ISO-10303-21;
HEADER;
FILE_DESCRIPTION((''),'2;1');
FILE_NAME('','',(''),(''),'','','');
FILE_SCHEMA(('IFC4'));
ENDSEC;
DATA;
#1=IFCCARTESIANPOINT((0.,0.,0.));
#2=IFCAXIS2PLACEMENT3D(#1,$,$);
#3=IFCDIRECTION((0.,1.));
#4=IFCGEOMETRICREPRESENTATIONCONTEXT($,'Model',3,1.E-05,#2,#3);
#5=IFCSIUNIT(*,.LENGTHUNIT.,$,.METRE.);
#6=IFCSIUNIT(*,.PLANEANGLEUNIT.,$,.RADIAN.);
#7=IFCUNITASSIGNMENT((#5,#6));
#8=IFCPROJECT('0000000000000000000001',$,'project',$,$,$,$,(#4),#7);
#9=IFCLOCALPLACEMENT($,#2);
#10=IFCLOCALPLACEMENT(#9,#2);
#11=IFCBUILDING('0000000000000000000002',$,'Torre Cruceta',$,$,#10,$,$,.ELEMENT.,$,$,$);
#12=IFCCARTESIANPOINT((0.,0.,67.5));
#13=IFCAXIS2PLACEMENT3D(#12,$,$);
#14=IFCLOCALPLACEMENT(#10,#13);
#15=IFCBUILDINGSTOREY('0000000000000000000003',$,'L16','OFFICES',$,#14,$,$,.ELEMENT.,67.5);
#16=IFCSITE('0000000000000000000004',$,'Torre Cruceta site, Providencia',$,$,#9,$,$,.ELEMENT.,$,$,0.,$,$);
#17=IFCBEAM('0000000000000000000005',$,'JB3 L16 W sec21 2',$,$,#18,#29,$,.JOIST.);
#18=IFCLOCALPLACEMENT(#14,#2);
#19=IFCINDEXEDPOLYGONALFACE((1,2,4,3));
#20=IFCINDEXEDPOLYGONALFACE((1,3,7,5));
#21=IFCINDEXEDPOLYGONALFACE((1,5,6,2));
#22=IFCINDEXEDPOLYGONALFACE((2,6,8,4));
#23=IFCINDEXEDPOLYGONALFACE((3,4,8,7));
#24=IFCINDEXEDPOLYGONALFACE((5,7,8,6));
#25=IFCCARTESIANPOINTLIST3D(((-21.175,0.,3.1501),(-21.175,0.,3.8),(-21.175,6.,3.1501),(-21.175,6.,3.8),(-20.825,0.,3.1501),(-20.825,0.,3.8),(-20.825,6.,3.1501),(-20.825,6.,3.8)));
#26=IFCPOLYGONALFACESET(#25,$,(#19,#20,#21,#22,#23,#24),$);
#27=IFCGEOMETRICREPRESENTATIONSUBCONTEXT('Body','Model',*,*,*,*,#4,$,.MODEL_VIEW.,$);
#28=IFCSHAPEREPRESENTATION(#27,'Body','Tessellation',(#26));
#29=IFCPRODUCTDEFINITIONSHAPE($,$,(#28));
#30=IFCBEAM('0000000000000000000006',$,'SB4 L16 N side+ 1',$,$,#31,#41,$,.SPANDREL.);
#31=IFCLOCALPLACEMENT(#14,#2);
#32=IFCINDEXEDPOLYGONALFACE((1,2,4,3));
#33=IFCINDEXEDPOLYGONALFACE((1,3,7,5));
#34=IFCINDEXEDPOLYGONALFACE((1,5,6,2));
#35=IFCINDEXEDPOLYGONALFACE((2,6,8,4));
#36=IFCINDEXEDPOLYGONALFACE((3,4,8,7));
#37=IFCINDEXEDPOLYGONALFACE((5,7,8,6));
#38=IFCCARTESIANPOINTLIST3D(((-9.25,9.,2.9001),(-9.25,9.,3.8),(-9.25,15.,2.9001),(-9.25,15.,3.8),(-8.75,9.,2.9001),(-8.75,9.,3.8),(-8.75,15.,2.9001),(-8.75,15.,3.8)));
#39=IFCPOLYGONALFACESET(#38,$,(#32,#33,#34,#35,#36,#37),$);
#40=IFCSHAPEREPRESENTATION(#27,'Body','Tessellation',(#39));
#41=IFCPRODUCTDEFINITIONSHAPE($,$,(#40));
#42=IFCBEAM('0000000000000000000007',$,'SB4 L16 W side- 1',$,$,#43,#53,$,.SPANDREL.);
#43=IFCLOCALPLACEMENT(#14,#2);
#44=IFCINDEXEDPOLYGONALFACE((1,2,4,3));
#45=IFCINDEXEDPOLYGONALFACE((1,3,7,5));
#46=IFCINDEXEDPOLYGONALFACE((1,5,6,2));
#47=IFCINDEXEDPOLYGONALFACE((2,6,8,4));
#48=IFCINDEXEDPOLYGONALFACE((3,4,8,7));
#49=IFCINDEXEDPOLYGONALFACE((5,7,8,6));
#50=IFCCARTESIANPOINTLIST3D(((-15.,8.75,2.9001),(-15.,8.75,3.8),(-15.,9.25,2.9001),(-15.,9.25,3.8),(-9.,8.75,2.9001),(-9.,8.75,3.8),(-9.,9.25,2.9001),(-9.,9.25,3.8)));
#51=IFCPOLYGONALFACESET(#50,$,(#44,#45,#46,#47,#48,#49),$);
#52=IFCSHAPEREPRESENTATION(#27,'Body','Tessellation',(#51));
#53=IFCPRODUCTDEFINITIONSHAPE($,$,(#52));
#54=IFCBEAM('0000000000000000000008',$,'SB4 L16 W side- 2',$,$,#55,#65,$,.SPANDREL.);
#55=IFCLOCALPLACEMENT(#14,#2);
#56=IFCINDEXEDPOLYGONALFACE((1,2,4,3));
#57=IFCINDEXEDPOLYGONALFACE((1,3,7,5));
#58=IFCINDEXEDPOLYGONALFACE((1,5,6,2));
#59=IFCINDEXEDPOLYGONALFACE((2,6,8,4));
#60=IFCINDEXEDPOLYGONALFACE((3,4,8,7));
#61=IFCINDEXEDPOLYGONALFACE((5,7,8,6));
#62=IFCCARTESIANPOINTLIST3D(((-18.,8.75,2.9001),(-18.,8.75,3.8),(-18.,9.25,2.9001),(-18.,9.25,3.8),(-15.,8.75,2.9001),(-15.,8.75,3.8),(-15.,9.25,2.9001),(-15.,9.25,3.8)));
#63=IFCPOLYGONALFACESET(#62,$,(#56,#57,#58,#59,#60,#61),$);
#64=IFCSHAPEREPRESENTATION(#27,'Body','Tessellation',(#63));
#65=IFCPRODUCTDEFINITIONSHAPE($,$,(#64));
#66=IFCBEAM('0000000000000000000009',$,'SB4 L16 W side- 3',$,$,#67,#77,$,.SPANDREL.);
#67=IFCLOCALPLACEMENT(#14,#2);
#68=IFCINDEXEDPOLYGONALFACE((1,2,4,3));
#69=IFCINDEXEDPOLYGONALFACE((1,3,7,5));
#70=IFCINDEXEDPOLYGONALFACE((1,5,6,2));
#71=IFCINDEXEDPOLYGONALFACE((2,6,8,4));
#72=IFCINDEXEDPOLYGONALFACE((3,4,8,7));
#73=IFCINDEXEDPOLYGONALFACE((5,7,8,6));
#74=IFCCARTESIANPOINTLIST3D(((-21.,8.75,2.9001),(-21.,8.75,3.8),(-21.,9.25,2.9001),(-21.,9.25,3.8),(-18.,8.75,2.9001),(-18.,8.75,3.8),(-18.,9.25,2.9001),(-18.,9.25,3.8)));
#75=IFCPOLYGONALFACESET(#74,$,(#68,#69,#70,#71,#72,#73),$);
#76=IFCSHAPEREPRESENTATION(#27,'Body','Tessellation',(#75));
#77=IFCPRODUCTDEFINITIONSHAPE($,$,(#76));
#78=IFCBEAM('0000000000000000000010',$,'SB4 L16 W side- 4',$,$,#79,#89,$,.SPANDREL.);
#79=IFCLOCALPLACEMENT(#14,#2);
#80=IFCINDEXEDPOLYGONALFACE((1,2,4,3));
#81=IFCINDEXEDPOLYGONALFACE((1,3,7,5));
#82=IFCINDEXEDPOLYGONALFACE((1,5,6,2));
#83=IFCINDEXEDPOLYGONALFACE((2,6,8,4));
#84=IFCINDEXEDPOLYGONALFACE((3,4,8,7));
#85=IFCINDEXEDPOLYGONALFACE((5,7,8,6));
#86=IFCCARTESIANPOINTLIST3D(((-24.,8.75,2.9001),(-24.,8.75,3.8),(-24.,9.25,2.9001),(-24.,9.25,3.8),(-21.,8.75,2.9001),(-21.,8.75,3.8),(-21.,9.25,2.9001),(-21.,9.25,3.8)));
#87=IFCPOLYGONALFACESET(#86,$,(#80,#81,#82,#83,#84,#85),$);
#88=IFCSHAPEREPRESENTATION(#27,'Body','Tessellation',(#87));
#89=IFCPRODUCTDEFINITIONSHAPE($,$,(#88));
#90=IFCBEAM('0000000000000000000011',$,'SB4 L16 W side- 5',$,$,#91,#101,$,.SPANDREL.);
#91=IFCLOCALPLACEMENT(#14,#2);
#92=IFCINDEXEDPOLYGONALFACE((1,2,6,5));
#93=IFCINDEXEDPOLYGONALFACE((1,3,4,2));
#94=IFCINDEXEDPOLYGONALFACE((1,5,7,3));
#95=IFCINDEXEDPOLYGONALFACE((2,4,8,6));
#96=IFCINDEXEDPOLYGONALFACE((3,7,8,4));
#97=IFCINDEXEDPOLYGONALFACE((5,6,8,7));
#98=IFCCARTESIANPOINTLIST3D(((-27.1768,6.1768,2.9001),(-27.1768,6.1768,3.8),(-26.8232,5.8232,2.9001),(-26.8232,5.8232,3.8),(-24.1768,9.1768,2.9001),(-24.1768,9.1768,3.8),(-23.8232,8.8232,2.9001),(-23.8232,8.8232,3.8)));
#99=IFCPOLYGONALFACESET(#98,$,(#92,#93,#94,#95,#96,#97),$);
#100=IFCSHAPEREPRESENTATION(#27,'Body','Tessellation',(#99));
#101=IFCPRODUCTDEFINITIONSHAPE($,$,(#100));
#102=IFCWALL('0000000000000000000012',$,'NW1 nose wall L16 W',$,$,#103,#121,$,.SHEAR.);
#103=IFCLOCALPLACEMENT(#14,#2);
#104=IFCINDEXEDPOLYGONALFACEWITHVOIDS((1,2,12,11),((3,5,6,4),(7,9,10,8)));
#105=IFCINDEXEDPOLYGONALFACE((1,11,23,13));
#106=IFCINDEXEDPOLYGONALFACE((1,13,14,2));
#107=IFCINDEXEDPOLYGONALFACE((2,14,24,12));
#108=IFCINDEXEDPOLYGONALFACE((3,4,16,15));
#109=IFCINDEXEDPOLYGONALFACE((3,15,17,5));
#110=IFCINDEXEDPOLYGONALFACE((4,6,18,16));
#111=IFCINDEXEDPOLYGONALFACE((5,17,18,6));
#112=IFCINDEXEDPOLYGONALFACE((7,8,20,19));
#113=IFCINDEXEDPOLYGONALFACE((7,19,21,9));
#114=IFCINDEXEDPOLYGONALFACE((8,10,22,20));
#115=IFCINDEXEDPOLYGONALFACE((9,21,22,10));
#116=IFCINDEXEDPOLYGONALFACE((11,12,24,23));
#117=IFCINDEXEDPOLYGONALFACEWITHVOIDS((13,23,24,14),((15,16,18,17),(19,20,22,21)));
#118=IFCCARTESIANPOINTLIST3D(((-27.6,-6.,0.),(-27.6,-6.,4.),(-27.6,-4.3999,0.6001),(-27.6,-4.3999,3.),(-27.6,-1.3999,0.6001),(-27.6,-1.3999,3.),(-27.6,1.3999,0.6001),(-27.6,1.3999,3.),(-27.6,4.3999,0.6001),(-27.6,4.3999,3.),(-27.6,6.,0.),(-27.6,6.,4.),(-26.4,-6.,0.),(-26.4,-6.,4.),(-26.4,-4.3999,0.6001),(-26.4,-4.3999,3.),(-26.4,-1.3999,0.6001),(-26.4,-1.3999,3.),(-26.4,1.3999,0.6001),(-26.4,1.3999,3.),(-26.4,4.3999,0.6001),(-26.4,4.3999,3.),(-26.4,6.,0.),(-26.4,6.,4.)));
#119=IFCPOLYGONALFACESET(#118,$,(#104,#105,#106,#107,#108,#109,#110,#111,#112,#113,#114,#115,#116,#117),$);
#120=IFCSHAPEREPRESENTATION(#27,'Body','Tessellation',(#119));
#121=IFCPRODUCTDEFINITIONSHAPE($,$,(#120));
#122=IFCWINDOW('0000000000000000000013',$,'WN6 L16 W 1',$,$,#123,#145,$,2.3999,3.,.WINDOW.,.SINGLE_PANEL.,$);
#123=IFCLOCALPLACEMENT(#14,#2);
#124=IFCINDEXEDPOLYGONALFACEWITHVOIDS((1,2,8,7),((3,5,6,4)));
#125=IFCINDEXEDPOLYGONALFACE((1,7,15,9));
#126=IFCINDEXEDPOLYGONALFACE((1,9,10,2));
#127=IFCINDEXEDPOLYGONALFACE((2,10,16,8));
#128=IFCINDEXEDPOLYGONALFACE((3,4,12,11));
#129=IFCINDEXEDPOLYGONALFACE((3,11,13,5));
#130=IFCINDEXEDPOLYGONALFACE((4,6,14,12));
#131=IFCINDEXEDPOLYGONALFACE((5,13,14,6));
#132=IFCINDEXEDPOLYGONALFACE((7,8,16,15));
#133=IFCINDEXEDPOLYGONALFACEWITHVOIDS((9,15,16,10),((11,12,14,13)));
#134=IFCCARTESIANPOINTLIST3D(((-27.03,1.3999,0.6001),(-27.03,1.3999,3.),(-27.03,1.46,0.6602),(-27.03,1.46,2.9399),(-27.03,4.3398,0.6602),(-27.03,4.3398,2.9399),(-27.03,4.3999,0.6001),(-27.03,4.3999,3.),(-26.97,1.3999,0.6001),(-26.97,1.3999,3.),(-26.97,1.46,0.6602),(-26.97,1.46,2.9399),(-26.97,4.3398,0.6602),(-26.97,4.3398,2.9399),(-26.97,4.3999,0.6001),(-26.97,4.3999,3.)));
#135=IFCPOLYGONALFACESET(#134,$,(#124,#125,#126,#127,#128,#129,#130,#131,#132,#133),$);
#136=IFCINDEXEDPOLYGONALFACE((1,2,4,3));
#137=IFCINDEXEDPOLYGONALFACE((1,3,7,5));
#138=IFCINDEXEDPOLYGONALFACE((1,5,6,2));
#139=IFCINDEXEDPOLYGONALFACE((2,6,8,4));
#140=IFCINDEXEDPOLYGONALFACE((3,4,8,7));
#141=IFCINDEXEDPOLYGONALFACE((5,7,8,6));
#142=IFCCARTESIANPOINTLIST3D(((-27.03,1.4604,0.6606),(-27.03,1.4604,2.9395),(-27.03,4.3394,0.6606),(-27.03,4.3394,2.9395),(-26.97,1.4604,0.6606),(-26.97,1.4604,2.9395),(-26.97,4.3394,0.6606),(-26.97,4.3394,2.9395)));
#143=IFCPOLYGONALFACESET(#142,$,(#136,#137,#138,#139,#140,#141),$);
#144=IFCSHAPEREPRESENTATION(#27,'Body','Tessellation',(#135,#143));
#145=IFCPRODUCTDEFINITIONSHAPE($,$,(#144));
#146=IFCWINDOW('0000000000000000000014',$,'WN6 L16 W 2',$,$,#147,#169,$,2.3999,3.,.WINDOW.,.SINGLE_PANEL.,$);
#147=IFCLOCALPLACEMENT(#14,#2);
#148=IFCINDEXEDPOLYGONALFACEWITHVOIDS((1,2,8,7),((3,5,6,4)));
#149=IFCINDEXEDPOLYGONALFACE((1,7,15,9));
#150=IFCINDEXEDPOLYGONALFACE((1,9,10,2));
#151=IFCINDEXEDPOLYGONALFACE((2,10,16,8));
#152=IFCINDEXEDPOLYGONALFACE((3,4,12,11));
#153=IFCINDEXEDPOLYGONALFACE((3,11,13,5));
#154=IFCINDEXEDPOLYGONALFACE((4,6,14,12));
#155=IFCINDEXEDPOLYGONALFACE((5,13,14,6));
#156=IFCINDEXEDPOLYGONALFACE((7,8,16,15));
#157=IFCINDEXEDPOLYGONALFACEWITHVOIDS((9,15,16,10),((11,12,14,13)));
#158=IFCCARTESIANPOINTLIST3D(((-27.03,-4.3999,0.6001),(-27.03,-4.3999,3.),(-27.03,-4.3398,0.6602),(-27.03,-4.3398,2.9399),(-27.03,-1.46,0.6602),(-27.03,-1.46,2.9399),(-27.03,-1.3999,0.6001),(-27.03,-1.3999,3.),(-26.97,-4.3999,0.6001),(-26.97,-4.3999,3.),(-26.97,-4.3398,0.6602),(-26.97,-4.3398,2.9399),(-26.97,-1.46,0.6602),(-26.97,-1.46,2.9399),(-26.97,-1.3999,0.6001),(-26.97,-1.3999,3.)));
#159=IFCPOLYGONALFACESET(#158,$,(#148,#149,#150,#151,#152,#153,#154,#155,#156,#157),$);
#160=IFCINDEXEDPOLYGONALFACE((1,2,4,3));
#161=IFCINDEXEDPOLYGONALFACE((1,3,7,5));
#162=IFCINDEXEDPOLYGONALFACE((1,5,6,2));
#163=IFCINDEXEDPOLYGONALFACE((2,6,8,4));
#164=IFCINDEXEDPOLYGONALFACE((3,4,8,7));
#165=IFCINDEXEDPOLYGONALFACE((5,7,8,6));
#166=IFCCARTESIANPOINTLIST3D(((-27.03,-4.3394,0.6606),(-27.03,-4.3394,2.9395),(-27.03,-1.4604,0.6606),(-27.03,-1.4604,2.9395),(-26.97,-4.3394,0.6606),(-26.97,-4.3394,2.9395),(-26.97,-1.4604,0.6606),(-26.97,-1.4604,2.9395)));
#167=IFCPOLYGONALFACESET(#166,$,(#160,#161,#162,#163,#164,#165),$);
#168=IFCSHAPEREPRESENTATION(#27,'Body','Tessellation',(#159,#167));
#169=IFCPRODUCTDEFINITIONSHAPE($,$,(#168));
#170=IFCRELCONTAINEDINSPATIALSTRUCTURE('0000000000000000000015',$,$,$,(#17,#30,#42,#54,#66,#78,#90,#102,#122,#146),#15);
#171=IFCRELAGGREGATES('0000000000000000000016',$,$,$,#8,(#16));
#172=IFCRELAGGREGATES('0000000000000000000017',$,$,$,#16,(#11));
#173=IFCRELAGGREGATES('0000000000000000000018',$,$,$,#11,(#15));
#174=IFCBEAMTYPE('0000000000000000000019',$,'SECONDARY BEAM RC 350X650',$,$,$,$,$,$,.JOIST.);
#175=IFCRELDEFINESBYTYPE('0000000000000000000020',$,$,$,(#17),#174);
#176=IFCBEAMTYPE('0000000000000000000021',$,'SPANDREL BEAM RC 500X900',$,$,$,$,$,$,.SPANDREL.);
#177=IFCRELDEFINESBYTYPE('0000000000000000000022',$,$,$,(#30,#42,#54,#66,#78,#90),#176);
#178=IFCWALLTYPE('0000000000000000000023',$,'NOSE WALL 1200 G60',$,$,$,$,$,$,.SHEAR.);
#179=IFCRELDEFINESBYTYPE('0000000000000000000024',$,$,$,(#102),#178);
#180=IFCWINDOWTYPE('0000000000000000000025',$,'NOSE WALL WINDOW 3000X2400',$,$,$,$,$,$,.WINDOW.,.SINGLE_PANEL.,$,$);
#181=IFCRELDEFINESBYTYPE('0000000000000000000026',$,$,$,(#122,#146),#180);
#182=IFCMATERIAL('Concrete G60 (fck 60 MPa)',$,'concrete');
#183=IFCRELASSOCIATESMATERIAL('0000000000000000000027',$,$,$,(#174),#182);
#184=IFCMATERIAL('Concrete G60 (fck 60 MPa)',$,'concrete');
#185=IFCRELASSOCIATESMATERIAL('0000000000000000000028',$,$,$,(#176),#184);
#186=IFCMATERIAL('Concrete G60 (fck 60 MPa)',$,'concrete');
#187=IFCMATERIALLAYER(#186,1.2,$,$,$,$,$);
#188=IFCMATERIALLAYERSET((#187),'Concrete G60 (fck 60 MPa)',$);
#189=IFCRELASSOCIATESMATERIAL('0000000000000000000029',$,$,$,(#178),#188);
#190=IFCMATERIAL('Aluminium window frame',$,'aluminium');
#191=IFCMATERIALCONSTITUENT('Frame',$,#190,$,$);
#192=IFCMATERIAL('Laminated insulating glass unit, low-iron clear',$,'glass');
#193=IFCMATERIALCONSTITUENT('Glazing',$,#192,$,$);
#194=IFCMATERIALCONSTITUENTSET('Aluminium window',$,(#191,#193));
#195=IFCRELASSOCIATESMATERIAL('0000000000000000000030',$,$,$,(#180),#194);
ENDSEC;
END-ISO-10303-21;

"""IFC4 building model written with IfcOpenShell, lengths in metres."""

from ifc_helpers import new_model, si_unit, direction, frame, frame_2d, origin, origin_2d, place, context, subcontext, project, spatial, rectangle, hollow_rectangle, extrude, material, layer, layer_set, constituent, constituent_set, material_profile, profile_set, type_object, element, fill, save


model = new_model("IFC4")

# Units and contexts
model_context = context("Model", 3, precision=1e-05, world=origin(), true_north=direction((0.0, 1.0)))
body_context = subcontext(model_context, "Body", "Model", "MODEL_VIEW")
ifc_project = project(units=[si_unit("LENGTHUNIT", "METRE"), si_unit("PLANEANGLEUNIT", "RADIAN")], contexts=[model_context])

# Site, building, storey
site_placement = place(None, origin())
site = spatial("IfcSite", under=ifc_project, at=site_placement, Name="Torre Cruceta site, Providencia", CompositionType="ELEMENT", RefElevation=0.0)
building_placement = place(site_placement, origin())
building = spatial("IfcBuilding", under=site, at=building_placement, Name="Torre Cruceta", CompositionType="ELEMENT")
storey_placement = place(building_placement, frame((0.0, 0.0, 67.5)))
storey = spatial("IfcBuildingStorey", under=building, at=storey_placement, Name="L16", Description="OFFICES", CompositionType="ELEMENT", Elevation=67.5)

# Beams
ifc_material_1 = material(Name="Concrete G60 (fck 60 MPa)", Category="concrete")
ifc_material_profile_1 = material_profile(ifc_material_1, rectangle(XDim=0.3501, YDim=0.6499, at=origin_2d()), Name="RC 350X650")
ifc_profile_set_1 = profile_set([ifc_material_profile_1], Name="Concrete G60 (fck 60 MPa)")
beam_type_1 = type_object("IfcBeamType", Name="SECONDARY BEAM RC 350X650", PredefinedType="JOIST", material=ifc_profile_set_1)
beam_1_placement = place(storey_placement, frame((-21.0, 6.0, 3.4751), z_axis=(0.0, -1.0, 0.0), x_axis=(1.0, 0.0, 0.0)))
element("IfcBeam", 1, at=beam_1_placement, inside=storey, type_object=beam_type_1, Name="JB3 L16 W sec21 2", PredefinedType="JOIST", context=body_context, shape_type="SweptSolid", body=[
    extrude(rectangle(XDim=0.3501, YDim=0.6499, at=origin_2d()), origin(), (0.0, 0.0, 1.0), 6.0),
])
ifc_material_2 = material(Name="Concrete G60 (fck 60 MPa)", Category="concrete")
ifc_material_profile_2 = material_profile(ifc_material_2, rectangle(XDim=0.5, YDim=0.8999, at=origin_2d()), Name="RC 500X900")
ifc_profile_set_2 = profile_set([ifc_material_profile_2], Name="Concrete G60 (fck 60 MPa)")
beam_type_2 = type_object("IfcBeamType", Name="SPANDREL BEAM RC 500X900", PredefinedType="SPANDREL", material=ifc_profile_set_2)
for number, where, z_axis, x_axis, name in (
    (2, (-9.0, 9.0, 3.3501), (0.0, 1.0, 0.0), (-1.0, 0.0, 0.0), "SB4 L16 N side+ 1"),
    (3, (-9.0, 9.0, 3.3501), (-1.0, 0.0, 0.0), (0.0, -1.0, 0.0), "SB4 L16 W side- 1"),
):
    element("IfcBeam", number, at=place(storey_placement, frame(where, z_axis=z_axis, x_axis=x_axis)), inside=storey, type_object=beam_type_2, Name=name, PredefinedType="SPANDREL", context=body_context, shape_type="SweptSolid", body=[
        extrude(rectangle(XDim=0.5, YDim=0.8999, at=origin_2d()), origin(), (0.0, 0.0, 1.0), 6.0),
    ])
for number, where, z_axis, x_axis, name in (
    (4, (-15.0, 9.0, 3.3501), (-1.0, 0.0, 0.0), (0.0, -1.0, 0.0), "SB4 L16 W side- 2"),
    (5, (-18.0, 9.0, 3.3501), (-1.0, 0.0, 0.0), (0.0, -1.0, 0.0), "SB4 L16 W side- 3"),
    (6, (-21.0, 9.0, 3.3501), (-1.0, 0.0, 0.0), (0.0, -1.0, 0.0), "SB4 L16 W side- 4"),
):
    element("IfcBeam", number, at=place(storey_placement, frame(where, z_axis=z_axis, x_axis=x_axis)), inside=storey, type_object=beam_type_2, Name=name, PredefinedType="SPANDREL", context=body_context, shape_type="SweptSolid", body=[
        extrude(rectangle(XDim=0.5, YDim=0.8999, at=origin_2d()), origin(), (0.0, 0.0, 1.0), 3.0),
    ])
beam_2_placement = place(storey_placement, frame((-24.0, 9.0, 3.3501), z_axis=(-0.707107, -0.707107, 0.0), x_axis=(0.707107, -0.707107, 0.0)))
element("IfcBeam", 7, at=beam_2_placement, inside=storey, type_object=beam_type_2, Name="SB4 L16 W side- 5", PredefinedType="SPANDREL", context=body_context, shape_type="SweptSolid", body=[
    extrude(rectangle(XDim=0.5, YDim=0.8999, at=origin_2d()), origin(), (0.0, 0.0, 1.0), 4.2427),
])

# Wall, openings, windows
ifc_material_3 = material(Name="Concrete G60 (fck 60 MPa)", Category="concrete")
ifc_layer_1 = layer(ifc_material_3, 1.2)
ifc_layer_set_1 = layer_set([ifc_layer_1], Name="Concrete G60 (fck 60 MPa)")
wall_type_1 = type_object("IfcWallType", Name="NOSE WALL 1200 G60", PredefinedType="SHEAR", material=ifc_layer_set_1)
wall_1_placement = place(storey_placement, frame((-27.0, 6.0, 0.0), z_axis=(0.0, 0.0, 1.0), x_axis=(0.0, -1.0, 0.0)))
wall_1 = element("IfcWall", 8, at=wall_1_placement, inside=storey, type_object=wall_type_1, Name="NW1 nose wall L16 W", PredefinedType="SHEAR", context=body_context, shape_type="SweptSolid", body=[
    extrude(rectangle(XDim=12.0, YDim=1.2, at=frame_2d((6.0, 0.0))), origin(), (0.0, 0.0, 1.0), 4.0),
])
opening_1_placement = place(wall_1_placement, frame((1.6001, 0.0, 0.6001)))
opening_1 = element("IfcOpeningElement", 9, at=opening_1_placement, cuts=wall_1, PredefinedType="OPENING", context=body_context, shape_type="SweptSolid", body=[
    extrude(rectangle(XDim=3.0, YDim=2.3999, at=frame_2d((1.5, 1.2))), frame((0.0, 0.6099, 0.0), z_axis=(0.0, -1.0, 0.0), x_axis=(1.0, 0.0, 0.0)), (0.0, 0.0, 1.0), 1.22),
])
opening_2_placement = place(wall_1_placement, frame((7.3999, 0.0, 0.6001)))
opening_2 = element("IfcOpeningElement", 10, at=opening_2_placement, cuts=wall_1, PredefinedType="OPENING", context=body_context, shape_type="SweptSolid", body=[
    extrude(rectangle(XDim=3.0, YDim=2.3999, at=frame_2d((1.5, 1.2))), frame((0.0, 0.6099, 0.0), z_axis=(0.0, -1.0, 0.0), x_axis=(1.0, 0.0, 0.0)), (0.0, 0.0, 1.0), 1.22),
])
ifc_material_4 = material(Name="Aluminium window frame", Category="aluminium")
ifc_constituent_1 = constituent(ifc_material_4, Name="Frame")
ifc_material_5 = material(Name="Laminated insulating glass unit, low-iron clear", Category="glass")
ifc_constituent_2 = constituent(ifc_material_5, Name="Glazing")
ifc_constituent_set_1 = constituent_set(constituents=[ifc_constituent_1, ifc_constituent_2], Name="Aluminium window")
window_type = type_object("IfcWindowType", Name="NOSE WALL WINDOW 3000X2400", PartitioningType="SINGLE_PANEL", PredefinedType="WINDOW", material=ifc_constituent_set_1)
window_1_placement = place(opening_1_placement, origin())
window_1 = element("IfcWindow", 11, at=window_1_placement, inside=storey, type_object=window_type, Name="WN6 L16 W 1", OverallHeight=2.3999, OverallWidth=3.0, PartitioningType="SINGLE_PANEL", PredefinedType="WINDOW", context=body_context, shape_type="SweptSolid", body=[
    extrude(hollow_rectangle(XDim=3.0, YDim=2.3999, WallThickness=0.0601, at=frame_2d((1.5, 1.2))), frame((0.0, 0.03, 0.0), z_axis=(0.0, -1.0, 0.0), x_axis=(1.0, 0.0, 0.0)), (0.0, 0.0, 1.0), 0.0601),
    extrude(rectangle(XDim=2.8789, YDim=2.2788, at=frame_2d((1.5, 1.2))), frame((0.0, 0.03, 0.0), z_axis=(0.0, -1.0, 0.0), x_axis=(1.0, 0.0, 0.0)), (0.0, 0.0, 1.0), 0.0601),
])
fill(opening_1, window_1)
window_2_placement = place(opening_2_placement, origin())
window_2 = element("IfcWindow", 12, at=window_2_placement, inside=storey, type_object=window_type, Name="WN6 L16 W 2", OverallHeight=2.3999, OverallWidth=3.0, PartitioningType="SINGLE_PANEL", PredefinedType="WINDOW", context=body_context, shape_type="SweptSolid", body=[
    extrude(hollow_rectangle(XDim=3.0, YDim=2.3999, WallThickness=0.0601, at=frame_2d((1.5, 1.2))), frame((0.0, 0.03, 0.0), z_axis=(0.0, -1.0, 0.0), x_axis=(1.0, 0.0, 0.0)), (0.0, 0.0, 1.0), 0.0601),
    extrude(rectangle(XDim=2.8789, YDim=2.2788, at=frame_2d((1.5, 1.2))), frame((0.0, 0.03, 0.0), z_axis=(0.0, -1.0, 0.0), x_axis=(1.0, 0.0, 0.0)), (0.0, 0.0, 1.0), 0.0601),
])
fill(opening_2, window_2)

save(model, "model.ifc")
